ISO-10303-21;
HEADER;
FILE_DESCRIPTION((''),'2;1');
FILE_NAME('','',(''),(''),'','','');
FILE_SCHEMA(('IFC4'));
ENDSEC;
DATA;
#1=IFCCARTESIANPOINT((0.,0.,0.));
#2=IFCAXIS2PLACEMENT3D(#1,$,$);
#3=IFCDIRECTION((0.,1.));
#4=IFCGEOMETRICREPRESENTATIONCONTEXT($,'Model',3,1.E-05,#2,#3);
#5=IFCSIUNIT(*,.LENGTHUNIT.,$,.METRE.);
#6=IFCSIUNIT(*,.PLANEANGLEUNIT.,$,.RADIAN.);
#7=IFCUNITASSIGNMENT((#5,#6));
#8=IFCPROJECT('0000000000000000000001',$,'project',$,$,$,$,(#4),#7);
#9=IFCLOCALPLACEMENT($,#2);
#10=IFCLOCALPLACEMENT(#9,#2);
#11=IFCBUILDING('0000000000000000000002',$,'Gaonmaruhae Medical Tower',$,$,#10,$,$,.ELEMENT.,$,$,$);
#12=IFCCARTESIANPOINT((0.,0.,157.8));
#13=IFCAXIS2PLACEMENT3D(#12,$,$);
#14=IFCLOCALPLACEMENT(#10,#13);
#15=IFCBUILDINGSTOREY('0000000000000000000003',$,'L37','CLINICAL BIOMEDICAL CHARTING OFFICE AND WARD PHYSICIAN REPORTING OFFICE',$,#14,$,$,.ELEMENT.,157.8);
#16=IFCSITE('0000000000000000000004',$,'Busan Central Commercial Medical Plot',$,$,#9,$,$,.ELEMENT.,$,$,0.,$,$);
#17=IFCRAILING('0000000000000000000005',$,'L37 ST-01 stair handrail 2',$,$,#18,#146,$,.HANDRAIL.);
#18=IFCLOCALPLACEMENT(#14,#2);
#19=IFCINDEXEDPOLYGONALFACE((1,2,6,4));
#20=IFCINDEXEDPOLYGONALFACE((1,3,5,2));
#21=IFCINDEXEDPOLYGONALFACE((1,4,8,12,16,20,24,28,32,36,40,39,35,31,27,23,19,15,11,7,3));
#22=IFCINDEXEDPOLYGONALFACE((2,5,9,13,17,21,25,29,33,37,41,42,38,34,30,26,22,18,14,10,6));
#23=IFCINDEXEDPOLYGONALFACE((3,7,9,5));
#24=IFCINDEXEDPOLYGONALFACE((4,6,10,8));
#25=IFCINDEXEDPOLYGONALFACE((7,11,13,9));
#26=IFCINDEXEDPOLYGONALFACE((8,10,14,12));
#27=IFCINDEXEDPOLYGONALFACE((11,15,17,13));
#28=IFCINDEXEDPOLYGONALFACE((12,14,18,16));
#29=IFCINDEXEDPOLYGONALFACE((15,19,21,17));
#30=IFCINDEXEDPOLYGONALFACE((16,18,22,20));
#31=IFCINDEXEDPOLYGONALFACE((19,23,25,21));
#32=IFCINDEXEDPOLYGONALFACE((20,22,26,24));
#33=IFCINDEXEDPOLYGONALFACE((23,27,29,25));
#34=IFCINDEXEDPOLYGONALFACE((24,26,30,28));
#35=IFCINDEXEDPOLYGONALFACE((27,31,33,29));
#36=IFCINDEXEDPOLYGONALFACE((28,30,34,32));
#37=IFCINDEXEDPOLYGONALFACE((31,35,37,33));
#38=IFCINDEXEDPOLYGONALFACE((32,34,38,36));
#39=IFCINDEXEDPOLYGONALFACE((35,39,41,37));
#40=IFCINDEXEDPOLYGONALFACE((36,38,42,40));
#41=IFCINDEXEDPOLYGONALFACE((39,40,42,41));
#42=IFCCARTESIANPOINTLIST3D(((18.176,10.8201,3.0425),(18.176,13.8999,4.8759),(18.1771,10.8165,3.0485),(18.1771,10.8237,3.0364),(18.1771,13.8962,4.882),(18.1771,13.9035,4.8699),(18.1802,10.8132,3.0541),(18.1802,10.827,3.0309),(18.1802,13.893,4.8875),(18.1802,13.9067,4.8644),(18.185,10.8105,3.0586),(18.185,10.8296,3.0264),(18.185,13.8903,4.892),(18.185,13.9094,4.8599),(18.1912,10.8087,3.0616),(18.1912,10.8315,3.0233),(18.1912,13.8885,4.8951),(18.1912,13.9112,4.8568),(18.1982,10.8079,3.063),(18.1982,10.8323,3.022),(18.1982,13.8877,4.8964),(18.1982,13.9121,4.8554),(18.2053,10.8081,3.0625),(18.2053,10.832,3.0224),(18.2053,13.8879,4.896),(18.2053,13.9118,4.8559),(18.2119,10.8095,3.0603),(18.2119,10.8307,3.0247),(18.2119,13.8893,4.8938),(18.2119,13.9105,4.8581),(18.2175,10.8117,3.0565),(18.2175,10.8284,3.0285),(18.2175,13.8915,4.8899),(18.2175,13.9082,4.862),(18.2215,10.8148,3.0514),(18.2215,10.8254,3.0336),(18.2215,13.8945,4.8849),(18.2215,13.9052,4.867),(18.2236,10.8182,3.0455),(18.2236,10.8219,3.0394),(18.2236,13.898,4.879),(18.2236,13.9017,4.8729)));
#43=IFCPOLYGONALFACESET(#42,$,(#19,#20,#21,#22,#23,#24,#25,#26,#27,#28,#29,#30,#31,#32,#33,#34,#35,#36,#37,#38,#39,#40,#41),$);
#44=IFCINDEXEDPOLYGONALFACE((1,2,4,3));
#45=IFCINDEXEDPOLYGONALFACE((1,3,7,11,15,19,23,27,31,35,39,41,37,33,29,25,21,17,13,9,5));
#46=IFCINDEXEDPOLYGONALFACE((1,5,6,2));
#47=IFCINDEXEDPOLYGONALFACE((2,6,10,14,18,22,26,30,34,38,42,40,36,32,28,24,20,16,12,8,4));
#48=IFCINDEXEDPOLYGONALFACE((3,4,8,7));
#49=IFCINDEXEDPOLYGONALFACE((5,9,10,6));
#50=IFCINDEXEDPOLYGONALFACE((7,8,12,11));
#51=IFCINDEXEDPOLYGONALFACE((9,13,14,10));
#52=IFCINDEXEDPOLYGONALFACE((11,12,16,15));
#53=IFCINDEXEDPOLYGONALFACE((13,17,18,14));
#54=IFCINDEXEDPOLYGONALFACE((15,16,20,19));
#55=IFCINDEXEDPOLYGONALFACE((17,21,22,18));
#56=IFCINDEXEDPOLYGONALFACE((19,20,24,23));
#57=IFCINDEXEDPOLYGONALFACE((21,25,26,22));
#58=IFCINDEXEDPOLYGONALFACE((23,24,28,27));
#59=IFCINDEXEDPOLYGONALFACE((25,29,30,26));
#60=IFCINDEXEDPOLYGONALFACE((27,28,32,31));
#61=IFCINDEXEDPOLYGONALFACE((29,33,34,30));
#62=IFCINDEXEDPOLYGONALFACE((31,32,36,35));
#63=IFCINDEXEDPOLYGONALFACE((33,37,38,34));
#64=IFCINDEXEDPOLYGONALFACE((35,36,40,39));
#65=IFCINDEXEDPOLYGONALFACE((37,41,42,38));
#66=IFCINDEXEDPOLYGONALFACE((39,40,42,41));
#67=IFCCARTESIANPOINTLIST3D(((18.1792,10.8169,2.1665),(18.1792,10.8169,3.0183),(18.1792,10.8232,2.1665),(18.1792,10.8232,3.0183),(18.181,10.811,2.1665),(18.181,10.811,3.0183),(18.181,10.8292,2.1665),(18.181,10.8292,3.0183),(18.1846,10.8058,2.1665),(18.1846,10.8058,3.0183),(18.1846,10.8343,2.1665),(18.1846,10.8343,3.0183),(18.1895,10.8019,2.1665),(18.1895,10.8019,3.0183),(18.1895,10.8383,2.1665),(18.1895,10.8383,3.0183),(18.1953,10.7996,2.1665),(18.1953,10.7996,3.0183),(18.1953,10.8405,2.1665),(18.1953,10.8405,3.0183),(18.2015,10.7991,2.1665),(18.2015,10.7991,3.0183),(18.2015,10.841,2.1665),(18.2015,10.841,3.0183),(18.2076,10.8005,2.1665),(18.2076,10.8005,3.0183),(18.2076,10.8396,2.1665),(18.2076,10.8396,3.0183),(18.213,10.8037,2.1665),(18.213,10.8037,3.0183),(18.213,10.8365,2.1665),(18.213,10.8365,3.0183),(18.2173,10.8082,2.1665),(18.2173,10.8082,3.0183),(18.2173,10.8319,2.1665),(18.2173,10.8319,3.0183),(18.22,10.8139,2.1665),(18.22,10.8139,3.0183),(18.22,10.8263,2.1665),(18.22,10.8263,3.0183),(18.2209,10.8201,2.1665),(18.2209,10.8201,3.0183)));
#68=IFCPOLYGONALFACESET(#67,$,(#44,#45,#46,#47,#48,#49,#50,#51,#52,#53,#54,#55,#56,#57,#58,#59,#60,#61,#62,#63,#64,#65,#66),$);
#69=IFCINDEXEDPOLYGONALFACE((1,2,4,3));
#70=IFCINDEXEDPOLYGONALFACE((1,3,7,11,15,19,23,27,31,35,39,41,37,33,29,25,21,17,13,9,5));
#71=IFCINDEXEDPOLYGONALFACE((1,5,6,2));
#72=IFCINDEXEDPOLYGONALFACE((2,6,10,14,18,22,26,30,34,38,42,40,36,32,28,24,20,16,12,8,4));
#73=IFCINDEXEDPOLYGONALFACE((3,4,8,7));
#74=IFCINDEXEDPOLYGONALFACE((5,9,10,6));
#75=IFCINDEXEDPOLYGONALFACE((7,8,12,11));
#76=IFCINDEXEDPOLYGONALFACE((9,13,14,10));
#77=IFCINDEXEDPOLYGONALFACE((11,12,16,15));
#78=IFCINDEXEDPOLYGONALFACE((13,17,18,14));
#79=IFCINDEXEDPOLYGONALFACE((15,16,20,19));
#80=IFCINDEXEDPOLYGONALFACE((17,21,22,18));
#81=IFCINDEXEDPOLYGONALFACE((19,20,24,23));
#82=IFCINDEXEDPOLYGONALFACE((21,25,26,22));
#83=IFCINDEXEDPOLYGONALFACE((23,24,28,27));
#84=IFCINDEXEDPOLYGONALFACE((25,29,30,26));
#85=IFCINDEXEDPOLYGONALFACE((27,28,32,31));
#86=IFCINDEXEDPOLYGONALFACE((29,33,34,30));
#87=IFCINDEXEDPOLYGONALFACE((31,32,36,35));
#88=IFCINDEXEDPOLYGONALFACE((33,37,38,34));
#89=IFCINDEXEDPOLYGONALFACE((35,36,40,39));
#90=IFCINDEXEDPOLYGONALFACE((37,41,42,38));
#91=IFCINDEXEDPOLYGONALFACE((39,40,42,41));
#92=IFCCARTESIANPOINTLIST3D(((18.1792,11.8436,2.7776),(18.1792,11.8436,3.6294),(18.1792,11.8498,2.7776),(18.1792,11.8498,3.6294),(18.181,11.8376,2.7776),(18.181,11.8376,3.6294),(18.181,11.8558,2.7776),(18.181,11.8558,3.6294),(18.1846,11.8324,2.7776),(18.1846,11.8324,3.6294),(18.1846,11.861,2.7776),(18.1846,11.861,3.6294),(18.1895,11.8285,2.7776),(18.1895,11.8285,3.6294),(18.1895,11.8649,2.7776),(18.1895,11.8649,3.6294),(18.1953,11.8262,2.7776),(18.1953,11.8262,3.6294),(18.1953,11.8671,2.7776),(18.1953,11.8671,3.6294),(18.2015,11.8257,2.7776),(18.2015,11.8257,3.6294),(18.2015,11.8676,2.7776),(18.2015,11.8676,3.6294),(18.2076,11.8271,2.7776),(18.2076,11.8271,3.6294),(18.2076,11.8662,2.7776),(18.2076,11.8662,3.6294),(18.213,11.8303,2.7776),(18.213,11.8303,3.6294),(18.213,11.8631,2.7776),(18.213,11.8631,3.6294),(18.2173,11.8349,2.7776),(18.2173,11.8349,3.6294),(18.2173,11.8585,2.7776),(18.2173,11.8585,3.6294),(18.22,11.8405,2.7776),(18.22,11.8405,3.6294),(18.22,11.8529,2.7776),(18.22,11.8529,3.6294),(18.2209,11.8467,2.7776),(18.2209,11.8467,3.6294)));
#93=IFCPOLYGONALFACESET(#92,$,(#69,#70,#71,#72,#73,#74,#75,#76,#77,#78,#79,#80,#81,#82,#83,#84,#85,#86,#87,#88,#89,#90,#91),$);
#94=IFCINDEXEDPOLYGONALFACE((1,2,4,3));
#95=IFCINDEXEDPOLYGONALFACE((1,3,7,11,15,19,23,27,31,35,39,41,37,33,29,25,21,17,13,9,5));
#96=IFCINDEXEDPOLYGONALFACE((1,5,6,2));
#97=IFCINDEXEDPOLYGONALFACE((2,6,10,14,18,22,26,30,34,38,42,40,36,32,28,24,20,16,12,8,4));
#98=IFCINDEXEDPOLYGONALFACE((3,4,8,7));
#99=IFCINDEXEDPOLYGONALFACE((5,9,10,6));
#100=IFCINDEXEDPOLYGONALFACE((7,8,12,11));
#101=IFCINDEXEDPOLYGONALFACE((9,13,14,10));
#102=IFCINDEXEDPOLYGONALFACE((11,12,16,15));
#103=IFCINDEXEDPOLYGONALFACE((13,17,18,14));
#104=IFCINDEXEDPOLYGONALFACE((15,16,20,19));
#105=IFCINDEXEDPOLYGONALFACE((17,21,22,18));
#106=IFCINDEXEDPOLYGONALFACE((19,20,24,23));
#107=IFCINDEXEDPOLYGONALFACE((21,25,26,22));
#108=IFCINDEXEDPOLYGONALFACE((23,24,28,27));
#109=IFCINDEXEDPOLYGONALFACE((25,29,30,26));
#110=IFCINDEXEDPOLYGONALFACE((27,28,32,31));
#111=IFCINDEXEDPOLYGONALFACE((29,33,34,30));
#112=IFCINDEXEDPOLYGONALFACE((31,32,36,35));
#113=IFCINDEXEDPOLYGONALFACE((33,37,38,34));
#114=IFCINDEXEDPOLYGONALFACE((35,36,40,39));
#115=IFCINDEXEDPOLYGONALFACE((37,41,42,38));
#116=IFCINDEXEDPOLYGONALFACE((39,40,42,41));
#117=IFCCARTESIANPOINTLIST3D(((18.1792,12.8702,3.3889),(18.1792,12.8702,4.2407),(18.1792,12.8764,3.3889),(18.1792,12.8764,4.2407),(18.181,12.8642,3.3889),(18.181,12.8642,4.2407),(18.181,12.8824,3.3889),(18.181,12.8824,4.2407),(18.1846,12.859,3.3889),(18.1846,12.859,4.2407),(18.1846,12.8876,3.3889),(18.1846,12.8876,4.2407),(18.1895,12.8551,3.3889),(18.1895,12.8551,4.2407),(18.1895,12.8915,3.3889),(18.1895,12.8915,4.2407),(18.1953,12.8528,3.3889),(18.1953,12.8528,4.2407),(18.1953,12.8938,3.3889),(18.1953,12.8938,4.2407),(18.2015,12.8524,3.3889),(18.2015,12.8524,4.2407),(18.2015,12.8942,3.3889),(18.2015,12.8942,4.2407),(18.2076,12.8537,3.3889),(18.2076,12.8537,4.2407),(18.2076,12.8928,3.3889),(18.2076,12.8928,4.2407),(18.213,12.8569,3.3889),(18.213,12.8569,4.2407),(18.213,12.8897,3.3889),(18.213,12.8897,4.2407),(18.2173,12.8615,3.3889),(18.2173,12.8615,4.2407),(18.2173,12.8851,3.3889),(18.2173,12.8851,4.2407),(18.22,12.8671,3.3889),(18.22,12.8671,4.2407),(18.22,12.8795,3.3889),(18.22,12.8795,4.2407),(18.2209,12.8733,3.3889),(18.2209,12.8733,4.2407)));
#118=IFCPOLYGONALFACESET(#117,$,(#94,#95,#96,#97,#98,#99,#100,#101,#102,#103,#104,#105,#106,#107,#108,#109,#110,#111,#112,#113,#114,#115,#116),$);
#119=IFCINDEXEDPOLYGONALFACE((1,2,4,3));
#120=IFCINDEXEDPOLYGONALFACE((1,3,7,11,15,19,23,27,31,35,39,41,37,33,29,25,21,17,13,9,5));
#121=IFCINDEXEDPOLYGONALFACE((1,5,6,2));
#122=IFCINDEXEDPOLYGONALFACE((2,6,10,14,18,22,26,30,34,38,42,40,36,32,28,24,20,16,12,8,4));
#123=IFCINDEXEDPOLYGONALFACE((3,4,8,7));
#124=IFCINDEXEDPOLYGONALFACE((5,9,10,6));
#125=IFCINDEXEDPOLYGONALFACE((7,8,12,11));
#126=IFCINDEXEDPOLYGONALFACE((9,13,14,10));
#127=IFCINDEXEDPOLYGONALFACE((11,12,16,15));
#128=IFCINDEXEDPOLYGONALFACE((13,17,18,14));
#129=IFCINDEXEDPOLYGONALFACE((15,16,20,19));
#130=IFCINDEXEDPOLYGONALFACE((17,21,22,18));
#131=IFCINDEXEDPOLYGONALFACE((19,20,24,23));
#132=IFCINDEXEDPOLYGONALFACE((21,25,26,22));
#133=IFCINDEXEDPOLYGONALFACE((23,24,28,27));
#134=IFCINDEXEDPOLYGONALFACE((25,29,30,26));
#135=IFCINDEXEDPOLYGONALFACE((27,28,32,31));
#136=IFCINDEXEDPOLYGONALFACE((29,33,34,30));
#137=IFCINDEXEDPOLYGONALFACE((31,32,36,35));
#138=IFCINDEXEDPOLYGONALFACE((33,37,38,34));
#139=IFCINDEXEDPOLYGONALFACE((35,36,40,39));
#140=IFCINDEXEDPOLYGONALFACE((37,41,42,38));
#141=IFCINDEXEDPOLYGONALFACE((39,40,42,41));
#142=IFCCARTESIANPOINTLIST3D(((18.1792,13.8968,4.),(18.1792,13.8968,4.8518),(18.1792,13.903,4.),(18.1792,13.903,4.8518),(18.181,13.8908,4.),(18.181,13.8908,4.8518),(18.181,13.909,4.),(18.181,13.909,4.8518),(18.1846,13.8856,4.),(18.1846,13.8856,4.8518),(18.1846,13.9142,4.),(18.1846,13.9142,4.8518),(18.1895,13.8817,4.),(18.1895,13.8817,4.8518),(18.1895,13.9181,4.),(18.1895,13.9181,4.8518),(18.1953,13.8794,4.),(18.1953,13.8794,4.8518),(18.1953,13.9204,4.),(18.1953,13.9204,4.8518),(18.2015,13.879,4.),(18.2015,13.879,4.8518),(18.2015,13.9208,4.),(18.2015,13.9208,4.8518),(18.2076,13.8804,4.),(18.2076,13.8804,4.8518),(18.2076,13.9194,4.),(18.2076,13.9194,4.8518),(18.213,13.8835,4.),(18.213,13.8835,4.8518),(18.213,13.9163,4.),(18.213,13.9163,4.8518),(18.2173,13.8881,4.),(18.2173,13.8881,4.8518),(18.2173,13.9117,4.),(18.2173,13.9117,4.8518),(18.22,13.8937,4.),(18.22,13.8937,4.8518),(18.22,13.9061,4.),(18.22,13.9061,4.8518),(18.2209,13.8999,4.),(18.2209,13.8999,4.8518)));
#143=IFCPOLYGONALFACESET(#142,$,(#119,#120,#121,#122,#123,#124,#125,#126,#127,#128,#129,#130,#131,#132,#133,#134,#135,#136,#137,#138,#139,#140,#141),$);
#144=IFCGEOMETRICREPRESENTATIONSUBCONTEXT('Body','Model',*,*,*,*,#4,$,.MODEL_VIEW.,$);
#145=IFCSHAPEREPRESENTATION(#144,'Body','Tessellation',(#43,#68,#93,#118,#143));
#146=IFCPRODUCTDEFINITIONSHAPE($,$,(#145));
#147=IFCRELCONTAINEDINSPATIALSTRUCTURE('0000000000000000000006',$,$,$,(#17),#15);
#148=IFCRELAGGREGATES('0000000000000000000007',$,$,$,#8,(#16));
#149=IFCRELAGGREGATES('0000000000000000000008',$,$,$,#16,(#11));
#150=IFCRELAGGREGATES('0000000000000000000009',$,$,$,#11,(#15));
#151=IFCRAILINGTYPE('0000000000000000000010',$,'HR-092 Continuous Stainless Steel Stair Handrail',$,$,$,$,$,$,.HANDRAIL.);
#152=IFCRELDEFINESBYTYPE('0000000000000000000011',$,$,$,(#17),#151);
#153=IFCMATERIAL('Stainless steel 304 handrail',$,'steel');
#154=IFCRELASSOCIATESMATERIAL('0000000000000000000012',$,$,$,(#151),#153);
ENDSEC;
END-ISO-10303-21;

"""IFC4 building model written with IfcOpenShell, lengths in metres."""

from ifc_helpers import new_model, si_unit, direction, frame, origin, origin_2d, place, context, subcontext, project, spatial, circle, extrude, material, type_object, element, save


model = new_model("IFC4")

# Units and contexts
model_context = context("Model", 3, precision=1e-05, world=origin(), true_north=direction((0.0, 1.0)))
body_context = subcontext(model_context, "Body", "Model", "MODEL_VIEW")
ifc_project = project(units=[si_unit("LENGTHUNIT", "METRE"), si_unit("PLANEANGLEUNIT", "RADIAN")], contexts=[model_context])

# Site, building, storey
site_placement = place(None, origin())
site = spatial("IfcSite", under=ifc_project, at=site_placement, Name="Busan Central Commercial Medical Plot", CompositionType="ELEMENT", RefElevation=0.0)
building_placement = place(site_placement, origin())
building = spatial("IfcBuilding", under=site, at=building_placement, Name="Gaonmaruhae Medical Tower", CompositionType="ELEMENT")
storey_placement = place(building_placement, frame((0.0, 0.0, 157.8)))
storey = spatial("IfcBuildingStorey", under=building, at=storey_placement, Name="L37", Description="CLINICAL BIOMEDICAL CHARTING OFFICE AND WARD PHYSICIAN REPORTING OFFICE", CompositionType="ELEMENT", Elevation=157.8)

# Railing
ifc_material_1 = material(Name="Stainless steel 304 handrail", Category="steel")
railing_type_1 = type_object("IfcRailingType", Name="HR-092 Continuous Stainless Steel Stair Handrail", PredefinedType="HANDRAIL", material=ifc_material_1)
railing_1_placement = place(storey_placement, frame((18.2, 10.8201, 2.1665)))
element("IfcRailing", 1, at=railing_1_placement, inside=storey, type_object=railing_type_1, Name="L37 ST-01 stair handrail 2", PredefinedType="HANDRAIL", context=body_context, shape_type="SweptSolid", body=[
    extrude(circle(Radius=0.0239, at=origin_2d()), frame((0.0, 0.0, 0.876), z_axis=(0.0, 0.859261, 0.511538), x_axis=(-1.0, 0.0, 0.0)), (0.0, 0.0, 1.0), 3.5842),
    extrude(circle(Radius=0.021, at=origin_2d()), origin(), (0.0, 0.0, 1.0), 0.8518),
    extrude(circle(Radius=0.021, at=origin_2d()), frame((0.0, 1.0266, 0.6111)), (0.0, 0.0, 1.0), 0.8518),
    extrude(circle(Radius=0.021, at=origin_2d()), frame((0.0, 2.0532, 1.2224)), (0.0, 0.0, 1.0), 0.8518),
    extrude(circle(Radius=0.021, at=origin_2d()), frame((0.0, 3.0798, 1.8335)), (0.0, 0.0, 1.0), 0.8518),
])

save(model, "model.ifc")
